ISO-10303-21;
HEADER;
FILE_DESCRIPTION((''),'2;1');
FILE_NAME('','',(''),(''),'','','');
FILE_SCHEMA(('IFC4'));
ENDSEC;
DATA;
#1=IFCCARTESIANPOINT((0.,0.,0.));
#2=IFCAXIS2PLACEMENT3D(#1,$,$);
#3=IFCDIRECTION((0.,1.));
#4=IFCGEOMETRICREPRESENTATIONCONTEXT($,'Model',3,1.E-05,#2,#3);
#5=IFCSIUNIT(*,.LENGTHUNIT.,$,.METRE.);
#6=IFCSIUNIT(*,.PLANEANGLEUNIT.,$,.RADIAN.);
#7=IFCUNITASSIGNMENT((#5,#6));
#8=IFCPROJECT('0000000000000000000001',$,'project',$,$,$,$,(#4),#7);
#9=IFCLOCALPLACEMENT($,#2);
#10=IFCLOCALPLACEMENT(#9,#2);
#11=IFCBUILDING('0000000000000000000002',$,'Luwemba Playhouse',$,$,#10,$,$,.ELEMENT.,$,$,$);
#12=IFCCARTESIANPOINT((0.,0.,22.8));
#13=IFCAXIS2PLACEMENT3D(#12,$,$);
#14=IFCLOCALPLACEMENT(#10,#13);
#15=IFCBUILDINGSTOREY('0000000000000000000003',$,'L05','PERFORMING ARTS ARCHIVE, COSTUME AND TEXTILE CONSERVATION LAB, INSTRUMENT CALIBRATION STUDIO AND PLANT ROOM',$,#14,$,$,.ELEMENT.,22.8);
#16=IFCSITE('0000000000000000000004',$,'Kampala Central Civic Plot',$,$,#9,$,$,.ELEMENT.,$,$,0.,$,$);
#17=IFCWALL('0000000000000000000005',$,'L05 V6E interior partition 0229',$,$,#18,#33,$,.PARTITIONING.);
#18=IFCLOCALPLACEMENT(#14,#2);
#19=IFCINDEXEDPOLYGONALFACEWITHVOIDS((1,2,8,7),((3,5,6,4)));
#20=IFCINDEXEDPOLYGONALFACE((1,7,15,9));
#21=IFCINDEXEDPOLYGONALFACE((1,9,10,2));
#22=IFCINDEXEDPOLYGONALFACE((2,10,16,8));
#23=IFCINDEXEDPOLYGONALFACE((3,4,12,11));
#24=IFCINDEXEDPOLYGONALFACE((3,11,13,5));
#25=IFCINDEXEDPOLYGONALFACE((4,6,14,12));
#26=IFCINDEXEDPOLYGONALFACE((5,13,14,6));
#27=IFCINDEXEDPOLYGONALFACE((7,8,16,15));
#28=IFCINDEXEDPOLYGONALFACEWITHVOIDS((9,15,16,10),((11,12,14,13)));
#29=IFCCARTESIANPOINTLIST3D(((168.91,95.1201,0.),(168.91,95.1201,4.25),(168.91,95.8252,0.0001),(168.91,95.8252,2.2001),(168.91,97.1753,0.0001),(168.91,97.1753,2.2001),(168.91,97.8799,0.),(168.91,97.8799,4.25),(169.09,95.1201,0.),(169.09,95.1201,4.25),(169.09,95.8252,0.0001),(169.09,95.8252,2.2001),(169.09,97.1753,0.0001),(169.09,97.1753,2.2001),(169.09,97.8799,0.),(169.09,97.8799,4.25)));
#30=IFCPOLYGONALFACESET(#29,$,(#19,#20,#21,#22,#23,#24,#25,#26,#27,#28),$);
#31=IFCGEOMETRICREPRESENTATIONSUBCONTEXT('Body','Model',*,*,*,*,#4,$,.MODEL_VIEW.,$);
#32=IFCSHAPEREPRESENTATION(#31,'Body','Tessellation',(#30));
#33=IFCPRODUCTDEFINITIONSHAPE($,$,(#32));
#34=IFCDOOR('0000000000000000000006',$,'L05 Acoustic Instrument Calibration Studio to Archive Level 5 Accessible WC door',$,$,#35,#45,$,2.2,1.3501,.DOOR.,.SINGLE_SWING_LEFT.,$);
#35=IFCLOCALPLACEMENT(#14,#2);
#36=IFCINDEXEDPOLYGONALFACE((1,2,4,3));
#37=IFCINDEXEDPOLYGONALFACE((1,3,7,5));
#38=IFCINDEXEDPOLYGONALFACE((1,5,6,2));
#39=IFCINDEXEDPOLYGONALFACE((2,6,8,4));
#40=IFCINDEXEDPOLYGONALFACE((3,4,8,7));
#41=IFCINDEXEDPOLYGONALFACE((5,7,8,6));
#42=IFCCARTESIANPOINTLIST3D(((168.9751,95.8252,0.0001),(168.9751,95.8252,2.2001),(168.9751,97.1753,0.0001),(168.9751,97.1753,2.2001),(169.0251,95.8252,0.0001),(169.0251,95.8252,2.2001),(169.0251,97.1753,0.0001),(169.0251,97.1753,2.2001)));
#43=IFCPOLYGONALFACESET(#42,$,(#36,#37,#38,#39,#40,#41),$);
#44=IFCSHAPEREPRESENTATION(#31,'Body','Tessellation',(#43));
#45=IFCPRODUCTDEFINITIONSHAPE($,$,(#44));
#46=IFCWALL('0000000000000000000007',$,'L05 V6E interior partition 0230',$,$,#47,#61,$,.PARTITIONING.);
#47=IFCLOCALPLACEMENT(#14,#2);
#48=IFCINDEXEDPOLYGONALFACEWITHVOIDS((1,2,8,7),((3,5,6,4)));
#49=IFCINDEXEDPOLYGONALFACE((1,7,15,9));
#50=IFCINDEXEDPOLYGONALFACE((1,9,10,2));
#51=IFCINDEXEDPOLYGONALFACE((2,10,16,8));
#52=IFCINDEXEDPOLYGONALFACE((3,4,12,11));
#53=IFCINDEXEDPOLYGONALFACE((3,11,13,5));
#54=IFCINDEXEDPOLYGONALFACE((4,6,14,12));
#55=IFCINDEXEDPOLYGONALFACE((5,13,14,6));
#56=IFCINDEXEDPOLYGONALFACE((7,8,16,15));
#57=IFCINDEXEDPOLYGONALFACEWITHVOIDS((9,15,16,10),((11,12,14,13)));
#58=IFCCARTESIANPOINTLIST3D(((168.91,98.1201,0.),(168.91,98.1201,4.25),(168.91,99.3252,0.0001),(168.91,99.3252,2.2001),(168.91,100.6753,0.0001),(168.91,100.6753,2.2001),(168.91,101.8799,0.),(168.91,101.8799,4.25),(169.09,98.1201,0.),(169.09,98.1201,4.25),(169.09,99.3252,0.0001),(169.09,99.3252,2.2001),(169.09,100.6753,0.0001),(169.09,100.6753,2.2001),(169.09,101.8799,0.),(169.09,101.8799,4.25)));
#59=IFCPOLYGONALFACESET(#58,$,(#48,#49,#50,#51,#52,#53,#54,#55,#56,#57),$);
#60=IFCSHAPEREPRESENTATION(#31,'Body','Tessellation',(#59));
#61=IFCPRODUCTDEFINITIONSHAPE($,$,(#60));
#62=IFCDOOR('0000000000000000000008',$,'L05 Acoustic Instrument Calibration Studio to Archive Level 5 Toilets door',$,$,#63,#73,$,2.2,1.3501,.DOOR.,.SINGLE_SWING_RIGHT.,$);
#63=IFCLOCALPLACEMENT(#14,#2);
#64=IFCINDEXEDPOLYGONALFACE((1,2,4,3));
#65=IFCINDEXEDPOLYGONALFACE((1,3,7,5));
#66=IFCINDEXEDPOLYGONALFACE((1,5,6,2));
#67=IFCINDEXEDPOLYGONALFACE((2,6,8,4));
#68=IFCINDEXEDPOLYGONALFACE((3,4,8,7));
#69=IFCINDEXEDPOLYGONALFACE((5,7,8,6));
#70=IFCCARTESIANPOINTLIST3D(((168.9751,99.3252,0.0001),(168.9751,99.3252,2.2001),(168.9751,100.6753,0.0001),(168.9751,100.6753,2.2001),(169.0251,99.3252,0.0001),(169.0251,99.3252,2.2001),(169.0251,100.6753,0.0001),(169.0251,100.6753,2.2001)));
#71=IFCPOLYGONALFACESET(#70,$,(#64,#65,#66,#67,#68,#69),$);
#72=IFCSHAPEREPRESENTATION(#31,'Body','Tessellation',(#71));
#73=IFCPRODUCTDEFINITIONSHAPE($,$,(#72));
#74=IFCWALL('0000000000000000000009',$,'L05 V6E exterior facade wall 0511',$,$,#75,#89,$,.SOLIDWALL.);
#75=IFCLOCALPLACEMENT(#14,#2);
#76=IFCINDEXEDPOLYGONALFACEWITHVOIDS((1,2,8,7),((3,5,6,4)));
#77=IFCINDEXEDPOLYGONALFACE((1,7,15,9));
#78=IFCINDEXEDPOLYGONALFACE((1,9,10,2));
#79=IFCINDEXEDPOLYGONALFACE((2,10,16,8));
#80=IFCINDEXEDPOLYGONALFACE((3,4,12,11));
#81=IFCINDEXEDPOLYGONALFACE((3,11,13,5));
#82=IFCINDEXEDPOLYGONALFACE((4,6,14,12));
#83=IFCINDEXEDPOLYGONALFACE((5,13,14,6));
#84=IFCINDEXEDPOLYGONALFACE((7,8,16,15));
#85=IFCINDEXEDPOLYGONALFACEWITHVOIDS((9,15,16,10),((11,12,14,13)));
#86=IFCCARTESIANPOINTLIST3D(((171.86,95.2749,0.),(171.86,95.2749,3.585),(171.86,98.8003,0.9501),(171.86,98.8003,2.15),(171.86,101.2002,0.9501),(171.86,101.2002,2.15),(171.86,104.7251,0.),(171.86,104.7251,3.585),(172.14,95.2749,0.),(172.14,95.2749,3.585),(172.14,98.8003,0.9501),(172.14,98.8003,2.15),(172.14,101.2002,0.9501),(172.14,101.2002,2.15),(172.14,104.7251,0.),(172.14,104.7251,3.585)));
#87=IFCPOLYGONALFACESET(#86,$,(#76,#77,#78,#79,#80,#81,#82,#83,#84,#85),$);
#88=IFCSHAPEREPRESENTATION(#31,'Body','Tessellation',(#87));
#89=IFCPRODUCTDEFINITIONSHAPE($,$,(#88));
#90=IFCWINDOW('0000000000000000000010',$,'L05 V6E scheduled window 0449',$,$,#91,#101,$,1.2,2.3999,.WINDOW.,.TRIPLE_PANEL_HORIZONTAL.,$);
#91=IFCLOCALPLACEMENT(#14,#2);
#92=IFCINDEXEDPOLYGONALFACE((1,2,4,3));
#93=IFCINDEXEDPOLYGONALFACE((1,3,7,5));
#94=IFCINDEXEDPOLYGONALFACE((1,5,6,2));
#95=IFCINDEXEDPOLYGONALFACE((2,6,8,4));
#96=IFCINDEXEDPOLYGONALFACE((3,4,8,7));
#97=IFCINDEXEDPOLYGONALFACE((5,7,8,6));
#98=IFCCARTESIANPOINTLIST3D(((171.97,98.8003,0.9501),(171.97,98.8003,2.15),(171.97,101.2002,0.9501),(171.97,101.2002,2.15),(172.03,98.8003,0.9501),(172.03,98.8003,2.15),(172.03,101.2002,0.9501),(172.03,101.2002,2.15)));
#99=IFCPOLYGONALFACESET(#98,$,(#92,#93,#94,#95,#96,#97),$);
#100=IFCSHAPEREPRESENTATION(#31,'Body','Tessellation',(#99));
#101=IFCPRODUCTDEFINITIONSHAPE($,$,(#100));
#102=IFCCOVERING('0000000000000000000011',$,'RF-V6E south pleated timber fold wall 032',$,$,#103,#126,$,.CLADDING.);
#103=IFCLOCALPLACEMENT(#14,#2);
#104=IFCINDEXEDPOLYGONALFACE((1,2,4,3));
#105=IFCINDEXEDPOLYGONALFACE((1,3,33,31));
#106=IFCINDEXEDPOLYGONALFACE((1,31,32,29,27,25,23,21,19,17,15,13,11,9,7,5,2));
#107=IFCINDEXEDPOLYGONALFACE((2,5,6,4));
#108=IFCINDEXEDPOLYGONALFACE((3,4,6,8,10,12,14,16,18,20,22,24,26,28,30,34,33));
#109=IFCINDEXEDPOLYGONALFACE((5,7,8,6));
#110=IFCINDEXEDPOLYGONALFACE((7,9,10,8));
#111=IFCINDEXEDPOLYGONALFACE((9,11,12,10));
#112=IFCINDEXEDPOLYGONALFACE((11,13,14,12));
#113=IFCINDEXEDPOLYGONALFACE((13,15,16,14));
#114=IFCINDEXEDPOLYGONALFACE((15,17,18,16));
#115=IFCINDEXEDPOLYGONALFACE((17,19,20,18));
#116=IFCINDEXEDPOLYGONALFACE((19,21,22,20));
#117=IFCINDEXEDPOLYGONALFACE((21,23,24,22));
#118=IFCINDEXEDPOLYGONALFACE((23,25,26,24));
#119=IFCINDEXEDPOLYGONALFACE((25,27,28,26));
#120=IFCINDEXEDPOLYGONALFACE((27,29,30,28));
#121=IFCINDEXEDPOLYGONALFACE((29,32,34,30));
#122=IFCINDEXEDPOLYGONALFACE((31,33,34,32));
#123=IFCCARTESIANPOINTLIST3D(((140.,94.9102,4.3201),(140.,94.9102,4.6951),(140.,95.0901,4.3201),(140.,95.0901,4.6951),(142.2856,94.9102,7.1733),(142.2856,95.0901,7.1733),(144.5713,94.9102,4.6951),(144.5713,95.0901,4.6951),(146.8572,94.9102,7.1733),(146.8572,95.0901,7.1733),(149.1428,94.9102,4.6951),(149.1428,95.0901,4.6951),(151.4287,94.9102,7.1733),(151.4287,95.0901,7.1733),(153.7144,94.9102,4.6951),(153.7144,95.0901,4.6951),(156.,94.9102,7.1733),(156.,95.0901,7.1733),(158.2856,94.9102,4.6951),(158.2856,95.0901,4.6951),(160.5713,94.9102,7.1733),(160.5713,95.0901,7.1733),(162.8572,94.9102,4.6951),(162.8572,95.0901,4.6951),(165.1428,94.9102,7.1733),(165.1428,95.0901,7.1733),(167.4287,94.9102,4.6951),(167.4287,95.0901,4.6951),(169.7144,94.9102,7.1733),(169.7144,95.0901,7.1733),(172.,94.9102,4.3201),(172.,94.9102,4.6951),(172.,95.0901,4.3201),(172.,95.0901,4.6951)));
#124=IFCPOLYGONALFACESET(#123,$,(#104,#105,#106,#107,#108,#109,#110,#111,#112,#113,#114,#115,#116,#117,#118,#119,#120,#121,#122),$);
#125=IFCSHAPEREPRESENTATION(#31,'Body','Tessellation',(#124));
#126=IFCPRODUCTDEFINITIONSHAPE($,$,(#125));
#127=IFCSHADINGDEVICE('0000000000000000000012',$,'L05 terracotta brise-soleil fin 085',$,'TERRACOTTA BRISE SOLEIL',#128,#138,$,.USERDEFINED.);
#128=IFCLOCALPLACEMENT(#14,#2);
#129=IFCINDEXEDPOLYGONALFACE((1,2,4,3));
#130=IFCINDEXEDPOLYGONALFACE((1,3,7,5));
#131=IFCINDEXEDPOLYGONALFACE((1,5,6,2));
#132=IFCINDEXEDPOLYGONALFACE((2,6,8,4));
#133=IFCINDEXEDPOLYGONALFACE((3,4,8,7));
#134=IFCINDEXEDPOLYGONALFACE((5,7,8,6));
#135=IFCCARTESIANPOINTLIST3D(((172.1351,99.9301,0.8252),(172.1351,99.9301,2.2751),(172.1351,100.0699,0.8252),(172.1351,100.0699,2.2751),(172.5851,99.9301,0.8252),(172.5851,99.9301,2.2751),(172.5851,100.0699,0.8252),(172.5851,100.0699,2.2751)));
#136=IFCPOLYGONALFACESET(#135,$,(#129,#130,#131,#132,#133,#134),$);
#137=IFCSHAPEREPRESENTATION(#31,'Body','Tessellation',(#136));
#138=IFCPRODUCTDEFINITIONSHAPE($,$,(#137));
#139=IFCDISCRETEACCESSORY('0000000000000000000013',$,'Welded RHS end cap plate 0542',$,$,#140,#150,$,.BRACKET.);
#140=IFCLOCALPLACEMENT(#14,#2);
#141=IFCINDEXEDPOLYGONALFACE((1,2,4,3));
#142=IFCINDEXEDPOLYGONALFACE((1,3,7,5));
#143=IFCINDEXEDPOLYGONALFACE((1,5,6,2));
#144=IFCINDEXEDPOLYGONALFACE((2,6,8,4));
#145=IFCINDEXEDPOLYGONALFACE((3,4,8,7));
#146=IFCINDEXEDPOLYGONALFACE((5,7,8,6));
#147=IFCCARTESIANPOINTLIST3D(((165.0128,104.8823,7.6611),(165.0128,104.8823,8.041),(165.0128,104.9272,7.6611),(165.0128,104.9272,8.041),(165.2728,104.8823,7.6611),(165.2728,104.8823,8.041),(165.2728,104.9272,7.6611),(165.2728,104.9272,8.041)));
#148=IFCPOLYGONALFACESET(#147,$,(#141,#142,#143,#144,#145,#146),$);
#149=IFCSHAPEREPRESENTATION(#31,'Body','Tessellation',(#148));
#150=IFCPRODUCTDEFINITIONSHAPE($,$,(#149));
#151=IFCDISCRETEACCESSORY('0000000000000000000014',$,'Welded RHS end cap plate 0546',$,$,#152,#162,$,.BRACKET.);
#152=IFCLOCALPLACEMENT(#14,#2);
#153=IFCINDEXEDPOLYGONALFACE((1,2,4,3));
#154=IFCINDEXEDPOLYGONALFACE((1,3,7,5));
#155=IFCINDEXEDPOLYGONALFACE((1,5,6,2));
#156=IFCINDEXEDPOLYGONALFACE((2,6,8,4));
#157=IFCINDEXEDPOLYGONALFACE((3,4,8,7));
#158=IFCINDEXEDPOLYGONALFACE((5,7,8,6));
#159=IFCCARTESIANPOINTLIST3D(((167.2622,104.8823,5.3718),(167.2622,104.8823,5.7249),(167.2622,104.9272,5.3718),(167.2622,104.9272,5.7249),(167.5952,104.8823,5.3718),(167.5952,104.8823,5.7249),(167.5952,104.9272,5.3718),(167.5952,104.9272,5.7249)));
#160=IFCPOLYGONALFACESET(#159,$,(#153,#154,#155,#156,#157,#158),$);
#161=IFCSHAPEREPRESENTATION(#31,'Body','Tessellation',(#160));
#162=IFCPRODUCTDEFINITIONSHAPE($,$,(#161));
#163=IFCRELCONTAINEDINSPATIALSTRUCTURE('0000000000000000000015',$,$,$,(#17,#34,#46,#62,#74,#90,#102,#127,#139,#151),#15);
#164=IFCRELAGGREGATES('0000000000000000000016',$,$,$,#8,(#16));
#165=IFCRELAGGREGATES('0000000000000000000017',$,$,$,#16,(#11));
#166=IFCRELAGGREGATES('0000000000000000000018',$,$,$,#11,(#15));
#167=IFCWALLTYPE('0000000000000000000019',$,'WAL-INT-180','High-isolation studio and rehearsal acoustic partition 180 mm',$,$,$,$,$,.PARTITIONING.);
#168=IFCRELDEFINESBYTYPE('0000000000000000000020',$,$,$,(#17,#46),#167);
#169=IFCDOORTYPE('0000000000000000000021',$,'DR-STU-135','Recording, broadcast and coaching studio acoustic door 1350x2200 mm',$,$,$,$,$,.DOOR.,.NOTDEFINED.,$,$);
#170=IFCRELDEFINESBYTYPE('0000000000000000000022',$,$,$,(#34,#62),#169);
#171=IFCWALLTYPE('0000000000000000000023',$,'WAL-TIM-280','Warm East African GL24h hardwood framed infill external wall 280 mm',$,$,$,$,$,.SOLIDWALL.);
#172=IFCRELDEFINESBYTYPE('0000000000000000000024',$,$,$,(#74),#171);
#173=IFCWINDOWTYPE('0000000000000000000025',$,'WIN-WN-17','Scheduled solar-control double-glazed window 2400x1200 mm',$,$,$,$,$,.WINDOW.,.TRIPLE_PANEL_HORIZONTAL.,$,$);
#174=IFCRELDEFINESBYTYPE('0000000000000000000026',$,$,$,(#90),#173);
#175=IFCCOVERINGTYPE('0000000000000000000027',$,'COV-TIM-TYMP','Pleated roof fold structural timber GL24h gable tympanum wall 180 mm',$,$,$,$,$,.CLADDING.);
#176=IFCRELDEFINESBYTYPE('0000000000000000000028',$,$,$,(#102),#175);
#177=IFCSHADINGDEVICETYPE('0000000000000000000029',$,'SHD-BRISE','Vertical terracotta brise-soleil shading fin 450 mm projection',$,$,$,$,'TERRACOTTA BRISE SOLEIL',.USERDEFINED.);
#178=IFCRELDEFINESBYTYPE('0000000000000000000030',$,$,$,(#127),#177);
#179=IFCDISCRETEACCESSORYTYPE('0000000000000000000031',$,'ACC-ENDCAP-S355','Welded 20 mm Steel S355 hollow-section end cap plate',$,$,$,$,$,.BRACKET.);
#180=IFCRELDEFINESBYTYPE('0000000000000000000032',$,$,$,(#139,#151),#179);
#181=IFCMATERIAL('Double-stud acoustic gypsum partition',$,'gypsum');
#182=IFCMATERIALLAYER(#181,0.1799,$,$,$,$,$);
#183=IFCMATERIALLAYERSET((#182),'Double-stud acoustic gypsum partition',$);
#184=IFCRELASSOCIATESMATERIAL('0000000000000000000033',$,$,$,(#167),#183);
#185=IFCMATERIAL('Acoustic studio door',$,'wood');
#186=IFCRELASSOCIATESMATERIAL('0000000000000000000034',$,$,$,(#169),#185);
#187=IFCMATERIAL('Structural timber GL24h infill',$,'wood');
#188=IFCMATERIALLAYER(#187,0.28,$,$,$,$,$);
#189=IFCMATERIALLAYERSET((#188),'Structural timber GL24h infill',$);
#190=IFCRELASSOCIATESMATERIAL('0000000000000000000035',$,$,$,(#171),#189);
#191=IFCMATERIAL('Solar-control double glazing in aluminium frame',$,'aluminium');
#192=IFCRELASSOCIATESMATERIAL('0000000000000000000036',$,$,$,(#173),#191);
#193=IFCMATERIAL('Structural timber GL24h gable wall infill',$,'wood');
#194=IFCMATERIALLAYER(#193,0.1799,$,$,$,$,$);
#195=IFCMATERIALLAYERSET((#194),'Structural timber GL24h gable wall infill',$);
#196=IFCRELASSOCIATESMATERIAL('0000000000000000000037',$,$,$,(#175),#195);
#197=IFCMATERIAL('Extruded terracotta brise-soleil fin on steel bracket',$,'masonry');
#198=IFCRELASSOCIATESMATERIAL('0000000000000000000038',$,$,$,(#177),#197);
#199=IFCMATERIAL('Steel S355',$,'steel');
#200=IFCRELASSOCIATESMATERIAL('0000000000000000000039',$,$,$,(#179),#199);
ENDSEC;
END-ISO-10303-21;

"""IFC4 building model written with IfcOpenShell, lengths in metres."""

from ifc_helpers import new_model, si_unit, direction, frame, frame_2d, origin, origin_2d, place, context, subcontext, project, spatial, polyline, rectangle, outline, extrude, material, layer, layer_set, type_object, element, fill, save


model = new_model("IFC4")

# Units and contexts
model_context = context("Model", 3, precision=1e-05, world=origin(), true_north=direction((0.0, 1.0)))
body_context = subcontext(model_context, "Body", "Model", "MODEL_VIEW")
ifc_project = project(units=[si_unit("LENGTHUNIT", "METRE"), si_unit("PLANEANGLEUNIT", "RADIAN")], contexts=[model_context])

# Site, building, storey
site_placement = place(None, origin())
site = spatial("IfcSite", under=ifc_project, at=site_placement, Name="Kampala Central Civic Plot", CompositionType="ELEMENT", RefElevation=0.0)
building_placement = place(site_placement, origin())
building = spatial("IfcBuilding", under=site, at=building_placement, Name="Luwemba Playhouse", CompositionType="ELEMENT")
storey_placement = place(building_placement, frame((0.0, 0.0, 22.8)))
storey = spatial("IfcBuildingStorey", under=building, at=storey_placement, Name="L05", Description="PERFORMING ARTS ARCHIVE, COSTUME AND TEXTILE CONSERVATION LAB, INSTRUMENT CALIBRATION STUDIO AND PLANT ROOM", CompositionType="ELEMENT", Elevation=22.8)

# Shared definitions
ifc_material_1 = material(Name="Steel S355", Category="steel")

# Shared definitions
ifc_material_2 = material(Name="Solar-control double glazing in aluminium frame", Category="aluminium")

# Walls, openings, doors
ifc_material_3 = material(Name="Double-stud acoustic gypsum partition", Category="gypsum")
ifc_layer_1 = layer(ifc_material_3, 0.1799)
ifc_layer_set_1 = layer_set([ifc_layer_1], Name="Double-stud acoustic gypsum partition")
wall_type_1 = type_object("IfcWallType", Name="WAL-INT-180", Description="High-isolation studio and rehearsal acoustic partition 180 mm", PredefinedType="PARTITIONING", material=ifc_layer_set_1)
ifc_material_4 = material(Name="Acoustic studio door", Category="wood")
door_type = type_object("IfcDoorType", Name="DR-STU-135", Description="Recording, broadcast and coaching studio acoustic door 1350x2200 mm", OperationType="NOTDEFINED", PredefinedType="DOOR", material=ifc_material_4)
wall_1_placement = place(storey_placement, frame((169.0, 95.1201, 0.0), z_axis=(0.0, 0.0, 1.0), x_axis=(0.0, 1.0, 0.0)))
wall_1 = element("IfcWall", 1, at=wall_1_placement, inside=storey, type_object=wall_type_1, Name="L05 V6E interior partition 0229", PredefinedType="PARTITIONING", context=body_context, shape_type="SweptSolid", body=[
    extrude(rectangle(XDim=2.7598, YDim=0.1799, at=frame_2d((1.3799, 0.0))), origin(), (0.0, 0.0, 1.0), 4.25),
])
opening_1_placement = place(wall_1_placement, frame((0.7051, 0.0, 0.0)))
opening_1 = element("IfcOpeningElement", 2, at=opening_1_placement, cuts=wall_1, PredefinedType="OPENING", context=body_context, shape_type="SweptSolid", body=[
    extrude(rectangle(XDim=1.3501, YDim=2.2, at=frame_2d((0.675, 1.1001))), frame((0.0, 0.0999, 0.0), z_axis=(0.0, -1.0, 0.0), x_axis=(1.0, 0.0, 0.0)), (0.0, 0.0, 1.0), 0.2),
])
door_1_placement = place(opening_1_placement, origin())
door_1 = element("IfcDoor", 3, at=door_1_placement, inside=storey, type_object=door_type, Name="L05 Acoustic Instrument Calibration Studio to Archive Level 5 Accessible WC door", OperationType="SINGLE_SWING_LEFT", OverallHeight=2.2, OverallWidth=1.3501, PredefinedType="DOOR", context=body_context, shape_type="SweptSolid", body=[
    extrude(rectangle(XDim=1.3501, YDim=2.2, at=frame_2d((0.675, 1.1001))), frame((0.0, 0.0249, 0.0), z_axis=(0.0, -1.0, 0.0), x_axis=(1.0, 0.0, 0.0)), (0.0, 0.0, 1.0), 0.05),
])
fill(opening_1, door_1)
wall_2_placement = place(storey_placement, frame((169.0, 98.1201, 0.0), z_axis=(0.0, 0.0, 1.0), x_axis=(0.0, 1.0, 0.0)))
wall_2 = element("IfcWall", 4, at=wall_2_placement, inside=storey, type_object=wall_type_1, Name="L05 V6E interior partition 0230", PredefinedType="PARTITIONING", context=body_context, shape_type="SweptSolid", body=[
    extrude(rectangle(XDim=3.7598, YDim=0.1799, at=frame_2d((1.8799, 0.0))), origin(), (0.0, 0.0, 1.0), 4.25),
])
opening_2_placement = place(wall_2_placement, frame((1.2051, 0.0, 0.0)))
opening_2 = element("IfcOpeningElement", 5, at=opening_2_placement, cuts=wall_2, PredefinedType="OPENING", context=body_context, shape_type="SweptSolid", body=[
    extrude(rectangle(XDim=1.3501, YDim=2.2, at=frame_2d((0.675, 1.1001))), frame((0.0, 0.0999, 0.0), z_axis=(0.0, -1.0, 0.0), x_axis=(1.0, 0.0, 0.0)), (0.0, 0.0, 1.0), 0.2),
])
door_2_placement = place(opening_2_placement, origin())
door_2 = element("IfcDoor", 6, at=door_2_placement, inside=storey, type_object=door_type, Name="L05 Acoustic Instrument Calibration Studio to Archive Level 5 Toilets door", OperationType="SINGLE_SWING_RIGHT", OverallHeight=2.2, OverallWidth=1.3501, PredefinedType="DOOR", context=body_context, shape_type="SweptSolid", body=[
    extrude(rectangle(XDim=1.3501, YDim=2.2, at=frame_2d((0.675, 1.1001))), frame((0.0, 0.0249, 0.0), z_axis=(0.0, -1.0, 0.0), x_axis=(1.0, 0.0, 0.0)), (0.0, 0.0, 1.0), 0.05),
])
fill(opening_2, door_2)

# Wall, opening, window
ifc_material_5 = material(Name="Structural timber GL24h infill", Category="wood")
ifc_layer_2 = layer(ifc_material_5, 0.28)
ifc_layer_set_2 = layer_set([ifc_layer_2], Name="Structural timber GL24h infill")
wall_type_2 = type_object("IfcWallType", Name="WAL-TIM-280", Description="Warm East African GL24h hardwood framed infill external wall 280 mm", PredefinedType="SOLIDWALL", material=ifc_layer_set_2)
wall_3_placement = place(storey_placement, frame((172.0, 104.7251, 0.0), z_axis=(0.0, 0.0, 1.0), x_axis=(0.0, -1.0, 0.0)))
wall_3 = element("IfcWall", 7, at=wall_3_placement, inside=storey, type_object=wall_type_2, Name="L05 V6E exterior facade wall 0511", PredefinedType="SOLIDWALL", context=body_context, shape_type="SweptSolid", body=[
    extrude(rectangle(XDim=9.4502, YDim=0.28, at=frame_2d((4.7251, 0.0))), origin(), (0.0, 0.0, 1.0), 3.585),
])
opening_3_placement = place(wall_3_placement, frame((3.5249, 0.0, 0.95)))
opening_3 = element("IfcOpeningElement", 8, at=opening_3_placement, cuts=wall_3, PredefinedType="OPENING", context=body_context, shape_type="SweptSolid", body=[
    extrude(rectangle(XDim=2.3999, YDim=1.2, at=frame_2d((1.2, 0.6001))), frame((0.0, 0.1499, 0.0), z_axis=(0.0, -1.0, 0.0), x_axis=(1.0, 0.0, 0.0)), (0.0, 0.0, 1.0), 0.3),
])
window_type_1 = type_object("IfcWindowType", Name="WIN-WN-17", Description="Scheduled solar-control double-glazed window 2400x1200 mm", PartitioningType="TRIPLE_PANEL_HORIZONTAL", PredefinedType="WINDOW", material=ifc_material_2)
window_1_placement = place(opening_3_placement, origin())
window_1 = element("IfcWindow", 9, at=window_1_placement, inside=storey, type_object=window_type_1, Name="L05 V6E scheduled window 0449", OverallHeight=1.2, OverallWidth=2.3999, PartitioningType="TRIPLE_PANEL_HORIZONTAL", PredefinedType="WINDOW", context=body_context, shape_type="SweptSolid", body=[
    extrude(rectangle(XDim=2.3999, YDim=1.2, at=frame_2d((1.2, 0.6001))), frame((0.0, 0.03, 0.0), z_axis=(0.0, -1.0, 0.0), x_axis=(1.0, 0.0, 0.0)), (0.0, 0.0, 1.0), 0.0601),
])
fill(opening_3, window_1)

# Covering
ifc_material_6 = material(Name="Structural timber GL24h gable wall infill", Category="wood")
ifc_layer_3 = layer(ifc_material_6, 0.1799)
ifc_layer_set_3 = layer_set([ifc_layer_3], Name="Structural timber GL24h gable wall infill")
covering_type = type_object("IfcCoveringType", Name="COV-TIM-TYMP", Description="Pleated roof fold structural timber GL24h gable tympanum wall 180 mm", PredefinedType="CLADDING", material=ifc_layer_set_3)
covering_placement = place(storey_placement, frame((172.0, 95.0, 4.3201), z_axis=(0.0, 0.0, 1.0), x_axis=(-1.0, 0.0, 0.0)))
element("IfcCovering", 10, at=covering_placement, inside=storey, type_object=covering_type, Name="RF-V6E south pleated timber fold wall 032", PredefinedType="CLADDING", context=body_context, shape_type="SweptSolid", body=[
    extrude(outline(polyline([(0.0, 0.0), (32.0, 0.0), (32.0, 0.375), (29.7144, 2.8533), (27.4287, 0.375), (25.1428, 2.8533), (22.8572, 0.375), (20.5713, 2.8533), (18.2856, 0.375), (16.0, 2.8533), (13.7144, 0.375), (11.4287, 2.8533), (9.1428, 0.375), (6.8572, 2.8533), (4.5713, 0.375), (2.2856, 2.8533), (0.0, 0.375), (0.0, 0.0)])), frame((0.0, 0.0898, 0.0), z_axis=(0.0, -1.0, 0.0), x_axis=(1.0, 0.0, 0.0)), (0.0, 0.0, 1.0), 0.1799),
])

# Shading device
ifc_material_7 = material(Name="Extruded terracotta brise-soleil fin on steel bracket", Category="masonry")
shading_device_type = type_object("IfcShadingDeviceType", Name="SHD-BRISE", Description="Vertical terracotta brise-soleil shading fin 450 mm projection", ElementType="TERRACOTTA BRISE SOLEIL", PredefinedType="USERDEFINED", material=ifc_material_7)
shading_device_placement = place(storey_placement, frame((172.3601, 100.0, 0.8252), z_axis=(0.0, 0.0, 1.0), x_axis=(0.0, -1.0, 0.0)))
element("IfcShadingDevice", 11, at=shading_device_placement, inside=storey, type_object=shading_device_type, Name="L05 terracotta brise-soleil fin 085", ObjectType="TERRACOTTA BRISE SOLEIL", PredefinedType="USERDEFINED", context=body_context, shape_type="SweptSolid", body=[
    extrude(rectangle(XDim=0.1399, YDim=0.45, at=origin_2d()), origin(), (0.0, 0.0, 1.0), 1.45),
])

# Discrete accessories
discrete_accessory_type = type_object("IfcDiscreteAccessoryType", Name="ACC-ENDCAP-S355", Description="Welded 20 mm Steel S355 hollow-section end cap plate", PredefinedType="BRACKET", material=ifc_material_1)
discrete_accessory_1_placement = place(storey_placement, frame((165.1428, 104.9048, 7.6611), z_axis=(0.0, 0.0, 1.0), x_axis=(1.0, 0.0, 0.0)))
element("IfcDiscreteAccessory", 12, at=discrete_accessory_1_placement, inside=storey, type_object=discrete_accessory_type, Name="Welded RHS end cap plate 0542", PredefinedType="BRACKET", context=body_context, shape_type="SweptSolid", body=[
    extrude(rectangle(XDim=0.26, YDim=0.0449, at=origin_2d()), origin(), (0.0, 0.0, 1.0), 0.3799),
])
discrete_accessory_2_placement = place(storey_placement, frame((167.4287, 104.9048, 5.3718), z_axis=(0.0, 0.0, 1.0), x_axis=(1.0, 0.0, 0.0)))
element("IfcDiscreteAccessory", 13, at=discrete_accessory_2_placement, inside=storey, type_object=discrete_accessory_type, Name="Welded RHS end cap plate 0546", PredefinedType="BRACKET", context=body_context, shape_type="SweptSolid", body=[
    extrude(rectangle(XDim=0.333, YDim=0.0449, at=origin_2d()), origin(), (0.0, 0.0, 1.0), 0.353),
])

save(model, "model.ifc")
